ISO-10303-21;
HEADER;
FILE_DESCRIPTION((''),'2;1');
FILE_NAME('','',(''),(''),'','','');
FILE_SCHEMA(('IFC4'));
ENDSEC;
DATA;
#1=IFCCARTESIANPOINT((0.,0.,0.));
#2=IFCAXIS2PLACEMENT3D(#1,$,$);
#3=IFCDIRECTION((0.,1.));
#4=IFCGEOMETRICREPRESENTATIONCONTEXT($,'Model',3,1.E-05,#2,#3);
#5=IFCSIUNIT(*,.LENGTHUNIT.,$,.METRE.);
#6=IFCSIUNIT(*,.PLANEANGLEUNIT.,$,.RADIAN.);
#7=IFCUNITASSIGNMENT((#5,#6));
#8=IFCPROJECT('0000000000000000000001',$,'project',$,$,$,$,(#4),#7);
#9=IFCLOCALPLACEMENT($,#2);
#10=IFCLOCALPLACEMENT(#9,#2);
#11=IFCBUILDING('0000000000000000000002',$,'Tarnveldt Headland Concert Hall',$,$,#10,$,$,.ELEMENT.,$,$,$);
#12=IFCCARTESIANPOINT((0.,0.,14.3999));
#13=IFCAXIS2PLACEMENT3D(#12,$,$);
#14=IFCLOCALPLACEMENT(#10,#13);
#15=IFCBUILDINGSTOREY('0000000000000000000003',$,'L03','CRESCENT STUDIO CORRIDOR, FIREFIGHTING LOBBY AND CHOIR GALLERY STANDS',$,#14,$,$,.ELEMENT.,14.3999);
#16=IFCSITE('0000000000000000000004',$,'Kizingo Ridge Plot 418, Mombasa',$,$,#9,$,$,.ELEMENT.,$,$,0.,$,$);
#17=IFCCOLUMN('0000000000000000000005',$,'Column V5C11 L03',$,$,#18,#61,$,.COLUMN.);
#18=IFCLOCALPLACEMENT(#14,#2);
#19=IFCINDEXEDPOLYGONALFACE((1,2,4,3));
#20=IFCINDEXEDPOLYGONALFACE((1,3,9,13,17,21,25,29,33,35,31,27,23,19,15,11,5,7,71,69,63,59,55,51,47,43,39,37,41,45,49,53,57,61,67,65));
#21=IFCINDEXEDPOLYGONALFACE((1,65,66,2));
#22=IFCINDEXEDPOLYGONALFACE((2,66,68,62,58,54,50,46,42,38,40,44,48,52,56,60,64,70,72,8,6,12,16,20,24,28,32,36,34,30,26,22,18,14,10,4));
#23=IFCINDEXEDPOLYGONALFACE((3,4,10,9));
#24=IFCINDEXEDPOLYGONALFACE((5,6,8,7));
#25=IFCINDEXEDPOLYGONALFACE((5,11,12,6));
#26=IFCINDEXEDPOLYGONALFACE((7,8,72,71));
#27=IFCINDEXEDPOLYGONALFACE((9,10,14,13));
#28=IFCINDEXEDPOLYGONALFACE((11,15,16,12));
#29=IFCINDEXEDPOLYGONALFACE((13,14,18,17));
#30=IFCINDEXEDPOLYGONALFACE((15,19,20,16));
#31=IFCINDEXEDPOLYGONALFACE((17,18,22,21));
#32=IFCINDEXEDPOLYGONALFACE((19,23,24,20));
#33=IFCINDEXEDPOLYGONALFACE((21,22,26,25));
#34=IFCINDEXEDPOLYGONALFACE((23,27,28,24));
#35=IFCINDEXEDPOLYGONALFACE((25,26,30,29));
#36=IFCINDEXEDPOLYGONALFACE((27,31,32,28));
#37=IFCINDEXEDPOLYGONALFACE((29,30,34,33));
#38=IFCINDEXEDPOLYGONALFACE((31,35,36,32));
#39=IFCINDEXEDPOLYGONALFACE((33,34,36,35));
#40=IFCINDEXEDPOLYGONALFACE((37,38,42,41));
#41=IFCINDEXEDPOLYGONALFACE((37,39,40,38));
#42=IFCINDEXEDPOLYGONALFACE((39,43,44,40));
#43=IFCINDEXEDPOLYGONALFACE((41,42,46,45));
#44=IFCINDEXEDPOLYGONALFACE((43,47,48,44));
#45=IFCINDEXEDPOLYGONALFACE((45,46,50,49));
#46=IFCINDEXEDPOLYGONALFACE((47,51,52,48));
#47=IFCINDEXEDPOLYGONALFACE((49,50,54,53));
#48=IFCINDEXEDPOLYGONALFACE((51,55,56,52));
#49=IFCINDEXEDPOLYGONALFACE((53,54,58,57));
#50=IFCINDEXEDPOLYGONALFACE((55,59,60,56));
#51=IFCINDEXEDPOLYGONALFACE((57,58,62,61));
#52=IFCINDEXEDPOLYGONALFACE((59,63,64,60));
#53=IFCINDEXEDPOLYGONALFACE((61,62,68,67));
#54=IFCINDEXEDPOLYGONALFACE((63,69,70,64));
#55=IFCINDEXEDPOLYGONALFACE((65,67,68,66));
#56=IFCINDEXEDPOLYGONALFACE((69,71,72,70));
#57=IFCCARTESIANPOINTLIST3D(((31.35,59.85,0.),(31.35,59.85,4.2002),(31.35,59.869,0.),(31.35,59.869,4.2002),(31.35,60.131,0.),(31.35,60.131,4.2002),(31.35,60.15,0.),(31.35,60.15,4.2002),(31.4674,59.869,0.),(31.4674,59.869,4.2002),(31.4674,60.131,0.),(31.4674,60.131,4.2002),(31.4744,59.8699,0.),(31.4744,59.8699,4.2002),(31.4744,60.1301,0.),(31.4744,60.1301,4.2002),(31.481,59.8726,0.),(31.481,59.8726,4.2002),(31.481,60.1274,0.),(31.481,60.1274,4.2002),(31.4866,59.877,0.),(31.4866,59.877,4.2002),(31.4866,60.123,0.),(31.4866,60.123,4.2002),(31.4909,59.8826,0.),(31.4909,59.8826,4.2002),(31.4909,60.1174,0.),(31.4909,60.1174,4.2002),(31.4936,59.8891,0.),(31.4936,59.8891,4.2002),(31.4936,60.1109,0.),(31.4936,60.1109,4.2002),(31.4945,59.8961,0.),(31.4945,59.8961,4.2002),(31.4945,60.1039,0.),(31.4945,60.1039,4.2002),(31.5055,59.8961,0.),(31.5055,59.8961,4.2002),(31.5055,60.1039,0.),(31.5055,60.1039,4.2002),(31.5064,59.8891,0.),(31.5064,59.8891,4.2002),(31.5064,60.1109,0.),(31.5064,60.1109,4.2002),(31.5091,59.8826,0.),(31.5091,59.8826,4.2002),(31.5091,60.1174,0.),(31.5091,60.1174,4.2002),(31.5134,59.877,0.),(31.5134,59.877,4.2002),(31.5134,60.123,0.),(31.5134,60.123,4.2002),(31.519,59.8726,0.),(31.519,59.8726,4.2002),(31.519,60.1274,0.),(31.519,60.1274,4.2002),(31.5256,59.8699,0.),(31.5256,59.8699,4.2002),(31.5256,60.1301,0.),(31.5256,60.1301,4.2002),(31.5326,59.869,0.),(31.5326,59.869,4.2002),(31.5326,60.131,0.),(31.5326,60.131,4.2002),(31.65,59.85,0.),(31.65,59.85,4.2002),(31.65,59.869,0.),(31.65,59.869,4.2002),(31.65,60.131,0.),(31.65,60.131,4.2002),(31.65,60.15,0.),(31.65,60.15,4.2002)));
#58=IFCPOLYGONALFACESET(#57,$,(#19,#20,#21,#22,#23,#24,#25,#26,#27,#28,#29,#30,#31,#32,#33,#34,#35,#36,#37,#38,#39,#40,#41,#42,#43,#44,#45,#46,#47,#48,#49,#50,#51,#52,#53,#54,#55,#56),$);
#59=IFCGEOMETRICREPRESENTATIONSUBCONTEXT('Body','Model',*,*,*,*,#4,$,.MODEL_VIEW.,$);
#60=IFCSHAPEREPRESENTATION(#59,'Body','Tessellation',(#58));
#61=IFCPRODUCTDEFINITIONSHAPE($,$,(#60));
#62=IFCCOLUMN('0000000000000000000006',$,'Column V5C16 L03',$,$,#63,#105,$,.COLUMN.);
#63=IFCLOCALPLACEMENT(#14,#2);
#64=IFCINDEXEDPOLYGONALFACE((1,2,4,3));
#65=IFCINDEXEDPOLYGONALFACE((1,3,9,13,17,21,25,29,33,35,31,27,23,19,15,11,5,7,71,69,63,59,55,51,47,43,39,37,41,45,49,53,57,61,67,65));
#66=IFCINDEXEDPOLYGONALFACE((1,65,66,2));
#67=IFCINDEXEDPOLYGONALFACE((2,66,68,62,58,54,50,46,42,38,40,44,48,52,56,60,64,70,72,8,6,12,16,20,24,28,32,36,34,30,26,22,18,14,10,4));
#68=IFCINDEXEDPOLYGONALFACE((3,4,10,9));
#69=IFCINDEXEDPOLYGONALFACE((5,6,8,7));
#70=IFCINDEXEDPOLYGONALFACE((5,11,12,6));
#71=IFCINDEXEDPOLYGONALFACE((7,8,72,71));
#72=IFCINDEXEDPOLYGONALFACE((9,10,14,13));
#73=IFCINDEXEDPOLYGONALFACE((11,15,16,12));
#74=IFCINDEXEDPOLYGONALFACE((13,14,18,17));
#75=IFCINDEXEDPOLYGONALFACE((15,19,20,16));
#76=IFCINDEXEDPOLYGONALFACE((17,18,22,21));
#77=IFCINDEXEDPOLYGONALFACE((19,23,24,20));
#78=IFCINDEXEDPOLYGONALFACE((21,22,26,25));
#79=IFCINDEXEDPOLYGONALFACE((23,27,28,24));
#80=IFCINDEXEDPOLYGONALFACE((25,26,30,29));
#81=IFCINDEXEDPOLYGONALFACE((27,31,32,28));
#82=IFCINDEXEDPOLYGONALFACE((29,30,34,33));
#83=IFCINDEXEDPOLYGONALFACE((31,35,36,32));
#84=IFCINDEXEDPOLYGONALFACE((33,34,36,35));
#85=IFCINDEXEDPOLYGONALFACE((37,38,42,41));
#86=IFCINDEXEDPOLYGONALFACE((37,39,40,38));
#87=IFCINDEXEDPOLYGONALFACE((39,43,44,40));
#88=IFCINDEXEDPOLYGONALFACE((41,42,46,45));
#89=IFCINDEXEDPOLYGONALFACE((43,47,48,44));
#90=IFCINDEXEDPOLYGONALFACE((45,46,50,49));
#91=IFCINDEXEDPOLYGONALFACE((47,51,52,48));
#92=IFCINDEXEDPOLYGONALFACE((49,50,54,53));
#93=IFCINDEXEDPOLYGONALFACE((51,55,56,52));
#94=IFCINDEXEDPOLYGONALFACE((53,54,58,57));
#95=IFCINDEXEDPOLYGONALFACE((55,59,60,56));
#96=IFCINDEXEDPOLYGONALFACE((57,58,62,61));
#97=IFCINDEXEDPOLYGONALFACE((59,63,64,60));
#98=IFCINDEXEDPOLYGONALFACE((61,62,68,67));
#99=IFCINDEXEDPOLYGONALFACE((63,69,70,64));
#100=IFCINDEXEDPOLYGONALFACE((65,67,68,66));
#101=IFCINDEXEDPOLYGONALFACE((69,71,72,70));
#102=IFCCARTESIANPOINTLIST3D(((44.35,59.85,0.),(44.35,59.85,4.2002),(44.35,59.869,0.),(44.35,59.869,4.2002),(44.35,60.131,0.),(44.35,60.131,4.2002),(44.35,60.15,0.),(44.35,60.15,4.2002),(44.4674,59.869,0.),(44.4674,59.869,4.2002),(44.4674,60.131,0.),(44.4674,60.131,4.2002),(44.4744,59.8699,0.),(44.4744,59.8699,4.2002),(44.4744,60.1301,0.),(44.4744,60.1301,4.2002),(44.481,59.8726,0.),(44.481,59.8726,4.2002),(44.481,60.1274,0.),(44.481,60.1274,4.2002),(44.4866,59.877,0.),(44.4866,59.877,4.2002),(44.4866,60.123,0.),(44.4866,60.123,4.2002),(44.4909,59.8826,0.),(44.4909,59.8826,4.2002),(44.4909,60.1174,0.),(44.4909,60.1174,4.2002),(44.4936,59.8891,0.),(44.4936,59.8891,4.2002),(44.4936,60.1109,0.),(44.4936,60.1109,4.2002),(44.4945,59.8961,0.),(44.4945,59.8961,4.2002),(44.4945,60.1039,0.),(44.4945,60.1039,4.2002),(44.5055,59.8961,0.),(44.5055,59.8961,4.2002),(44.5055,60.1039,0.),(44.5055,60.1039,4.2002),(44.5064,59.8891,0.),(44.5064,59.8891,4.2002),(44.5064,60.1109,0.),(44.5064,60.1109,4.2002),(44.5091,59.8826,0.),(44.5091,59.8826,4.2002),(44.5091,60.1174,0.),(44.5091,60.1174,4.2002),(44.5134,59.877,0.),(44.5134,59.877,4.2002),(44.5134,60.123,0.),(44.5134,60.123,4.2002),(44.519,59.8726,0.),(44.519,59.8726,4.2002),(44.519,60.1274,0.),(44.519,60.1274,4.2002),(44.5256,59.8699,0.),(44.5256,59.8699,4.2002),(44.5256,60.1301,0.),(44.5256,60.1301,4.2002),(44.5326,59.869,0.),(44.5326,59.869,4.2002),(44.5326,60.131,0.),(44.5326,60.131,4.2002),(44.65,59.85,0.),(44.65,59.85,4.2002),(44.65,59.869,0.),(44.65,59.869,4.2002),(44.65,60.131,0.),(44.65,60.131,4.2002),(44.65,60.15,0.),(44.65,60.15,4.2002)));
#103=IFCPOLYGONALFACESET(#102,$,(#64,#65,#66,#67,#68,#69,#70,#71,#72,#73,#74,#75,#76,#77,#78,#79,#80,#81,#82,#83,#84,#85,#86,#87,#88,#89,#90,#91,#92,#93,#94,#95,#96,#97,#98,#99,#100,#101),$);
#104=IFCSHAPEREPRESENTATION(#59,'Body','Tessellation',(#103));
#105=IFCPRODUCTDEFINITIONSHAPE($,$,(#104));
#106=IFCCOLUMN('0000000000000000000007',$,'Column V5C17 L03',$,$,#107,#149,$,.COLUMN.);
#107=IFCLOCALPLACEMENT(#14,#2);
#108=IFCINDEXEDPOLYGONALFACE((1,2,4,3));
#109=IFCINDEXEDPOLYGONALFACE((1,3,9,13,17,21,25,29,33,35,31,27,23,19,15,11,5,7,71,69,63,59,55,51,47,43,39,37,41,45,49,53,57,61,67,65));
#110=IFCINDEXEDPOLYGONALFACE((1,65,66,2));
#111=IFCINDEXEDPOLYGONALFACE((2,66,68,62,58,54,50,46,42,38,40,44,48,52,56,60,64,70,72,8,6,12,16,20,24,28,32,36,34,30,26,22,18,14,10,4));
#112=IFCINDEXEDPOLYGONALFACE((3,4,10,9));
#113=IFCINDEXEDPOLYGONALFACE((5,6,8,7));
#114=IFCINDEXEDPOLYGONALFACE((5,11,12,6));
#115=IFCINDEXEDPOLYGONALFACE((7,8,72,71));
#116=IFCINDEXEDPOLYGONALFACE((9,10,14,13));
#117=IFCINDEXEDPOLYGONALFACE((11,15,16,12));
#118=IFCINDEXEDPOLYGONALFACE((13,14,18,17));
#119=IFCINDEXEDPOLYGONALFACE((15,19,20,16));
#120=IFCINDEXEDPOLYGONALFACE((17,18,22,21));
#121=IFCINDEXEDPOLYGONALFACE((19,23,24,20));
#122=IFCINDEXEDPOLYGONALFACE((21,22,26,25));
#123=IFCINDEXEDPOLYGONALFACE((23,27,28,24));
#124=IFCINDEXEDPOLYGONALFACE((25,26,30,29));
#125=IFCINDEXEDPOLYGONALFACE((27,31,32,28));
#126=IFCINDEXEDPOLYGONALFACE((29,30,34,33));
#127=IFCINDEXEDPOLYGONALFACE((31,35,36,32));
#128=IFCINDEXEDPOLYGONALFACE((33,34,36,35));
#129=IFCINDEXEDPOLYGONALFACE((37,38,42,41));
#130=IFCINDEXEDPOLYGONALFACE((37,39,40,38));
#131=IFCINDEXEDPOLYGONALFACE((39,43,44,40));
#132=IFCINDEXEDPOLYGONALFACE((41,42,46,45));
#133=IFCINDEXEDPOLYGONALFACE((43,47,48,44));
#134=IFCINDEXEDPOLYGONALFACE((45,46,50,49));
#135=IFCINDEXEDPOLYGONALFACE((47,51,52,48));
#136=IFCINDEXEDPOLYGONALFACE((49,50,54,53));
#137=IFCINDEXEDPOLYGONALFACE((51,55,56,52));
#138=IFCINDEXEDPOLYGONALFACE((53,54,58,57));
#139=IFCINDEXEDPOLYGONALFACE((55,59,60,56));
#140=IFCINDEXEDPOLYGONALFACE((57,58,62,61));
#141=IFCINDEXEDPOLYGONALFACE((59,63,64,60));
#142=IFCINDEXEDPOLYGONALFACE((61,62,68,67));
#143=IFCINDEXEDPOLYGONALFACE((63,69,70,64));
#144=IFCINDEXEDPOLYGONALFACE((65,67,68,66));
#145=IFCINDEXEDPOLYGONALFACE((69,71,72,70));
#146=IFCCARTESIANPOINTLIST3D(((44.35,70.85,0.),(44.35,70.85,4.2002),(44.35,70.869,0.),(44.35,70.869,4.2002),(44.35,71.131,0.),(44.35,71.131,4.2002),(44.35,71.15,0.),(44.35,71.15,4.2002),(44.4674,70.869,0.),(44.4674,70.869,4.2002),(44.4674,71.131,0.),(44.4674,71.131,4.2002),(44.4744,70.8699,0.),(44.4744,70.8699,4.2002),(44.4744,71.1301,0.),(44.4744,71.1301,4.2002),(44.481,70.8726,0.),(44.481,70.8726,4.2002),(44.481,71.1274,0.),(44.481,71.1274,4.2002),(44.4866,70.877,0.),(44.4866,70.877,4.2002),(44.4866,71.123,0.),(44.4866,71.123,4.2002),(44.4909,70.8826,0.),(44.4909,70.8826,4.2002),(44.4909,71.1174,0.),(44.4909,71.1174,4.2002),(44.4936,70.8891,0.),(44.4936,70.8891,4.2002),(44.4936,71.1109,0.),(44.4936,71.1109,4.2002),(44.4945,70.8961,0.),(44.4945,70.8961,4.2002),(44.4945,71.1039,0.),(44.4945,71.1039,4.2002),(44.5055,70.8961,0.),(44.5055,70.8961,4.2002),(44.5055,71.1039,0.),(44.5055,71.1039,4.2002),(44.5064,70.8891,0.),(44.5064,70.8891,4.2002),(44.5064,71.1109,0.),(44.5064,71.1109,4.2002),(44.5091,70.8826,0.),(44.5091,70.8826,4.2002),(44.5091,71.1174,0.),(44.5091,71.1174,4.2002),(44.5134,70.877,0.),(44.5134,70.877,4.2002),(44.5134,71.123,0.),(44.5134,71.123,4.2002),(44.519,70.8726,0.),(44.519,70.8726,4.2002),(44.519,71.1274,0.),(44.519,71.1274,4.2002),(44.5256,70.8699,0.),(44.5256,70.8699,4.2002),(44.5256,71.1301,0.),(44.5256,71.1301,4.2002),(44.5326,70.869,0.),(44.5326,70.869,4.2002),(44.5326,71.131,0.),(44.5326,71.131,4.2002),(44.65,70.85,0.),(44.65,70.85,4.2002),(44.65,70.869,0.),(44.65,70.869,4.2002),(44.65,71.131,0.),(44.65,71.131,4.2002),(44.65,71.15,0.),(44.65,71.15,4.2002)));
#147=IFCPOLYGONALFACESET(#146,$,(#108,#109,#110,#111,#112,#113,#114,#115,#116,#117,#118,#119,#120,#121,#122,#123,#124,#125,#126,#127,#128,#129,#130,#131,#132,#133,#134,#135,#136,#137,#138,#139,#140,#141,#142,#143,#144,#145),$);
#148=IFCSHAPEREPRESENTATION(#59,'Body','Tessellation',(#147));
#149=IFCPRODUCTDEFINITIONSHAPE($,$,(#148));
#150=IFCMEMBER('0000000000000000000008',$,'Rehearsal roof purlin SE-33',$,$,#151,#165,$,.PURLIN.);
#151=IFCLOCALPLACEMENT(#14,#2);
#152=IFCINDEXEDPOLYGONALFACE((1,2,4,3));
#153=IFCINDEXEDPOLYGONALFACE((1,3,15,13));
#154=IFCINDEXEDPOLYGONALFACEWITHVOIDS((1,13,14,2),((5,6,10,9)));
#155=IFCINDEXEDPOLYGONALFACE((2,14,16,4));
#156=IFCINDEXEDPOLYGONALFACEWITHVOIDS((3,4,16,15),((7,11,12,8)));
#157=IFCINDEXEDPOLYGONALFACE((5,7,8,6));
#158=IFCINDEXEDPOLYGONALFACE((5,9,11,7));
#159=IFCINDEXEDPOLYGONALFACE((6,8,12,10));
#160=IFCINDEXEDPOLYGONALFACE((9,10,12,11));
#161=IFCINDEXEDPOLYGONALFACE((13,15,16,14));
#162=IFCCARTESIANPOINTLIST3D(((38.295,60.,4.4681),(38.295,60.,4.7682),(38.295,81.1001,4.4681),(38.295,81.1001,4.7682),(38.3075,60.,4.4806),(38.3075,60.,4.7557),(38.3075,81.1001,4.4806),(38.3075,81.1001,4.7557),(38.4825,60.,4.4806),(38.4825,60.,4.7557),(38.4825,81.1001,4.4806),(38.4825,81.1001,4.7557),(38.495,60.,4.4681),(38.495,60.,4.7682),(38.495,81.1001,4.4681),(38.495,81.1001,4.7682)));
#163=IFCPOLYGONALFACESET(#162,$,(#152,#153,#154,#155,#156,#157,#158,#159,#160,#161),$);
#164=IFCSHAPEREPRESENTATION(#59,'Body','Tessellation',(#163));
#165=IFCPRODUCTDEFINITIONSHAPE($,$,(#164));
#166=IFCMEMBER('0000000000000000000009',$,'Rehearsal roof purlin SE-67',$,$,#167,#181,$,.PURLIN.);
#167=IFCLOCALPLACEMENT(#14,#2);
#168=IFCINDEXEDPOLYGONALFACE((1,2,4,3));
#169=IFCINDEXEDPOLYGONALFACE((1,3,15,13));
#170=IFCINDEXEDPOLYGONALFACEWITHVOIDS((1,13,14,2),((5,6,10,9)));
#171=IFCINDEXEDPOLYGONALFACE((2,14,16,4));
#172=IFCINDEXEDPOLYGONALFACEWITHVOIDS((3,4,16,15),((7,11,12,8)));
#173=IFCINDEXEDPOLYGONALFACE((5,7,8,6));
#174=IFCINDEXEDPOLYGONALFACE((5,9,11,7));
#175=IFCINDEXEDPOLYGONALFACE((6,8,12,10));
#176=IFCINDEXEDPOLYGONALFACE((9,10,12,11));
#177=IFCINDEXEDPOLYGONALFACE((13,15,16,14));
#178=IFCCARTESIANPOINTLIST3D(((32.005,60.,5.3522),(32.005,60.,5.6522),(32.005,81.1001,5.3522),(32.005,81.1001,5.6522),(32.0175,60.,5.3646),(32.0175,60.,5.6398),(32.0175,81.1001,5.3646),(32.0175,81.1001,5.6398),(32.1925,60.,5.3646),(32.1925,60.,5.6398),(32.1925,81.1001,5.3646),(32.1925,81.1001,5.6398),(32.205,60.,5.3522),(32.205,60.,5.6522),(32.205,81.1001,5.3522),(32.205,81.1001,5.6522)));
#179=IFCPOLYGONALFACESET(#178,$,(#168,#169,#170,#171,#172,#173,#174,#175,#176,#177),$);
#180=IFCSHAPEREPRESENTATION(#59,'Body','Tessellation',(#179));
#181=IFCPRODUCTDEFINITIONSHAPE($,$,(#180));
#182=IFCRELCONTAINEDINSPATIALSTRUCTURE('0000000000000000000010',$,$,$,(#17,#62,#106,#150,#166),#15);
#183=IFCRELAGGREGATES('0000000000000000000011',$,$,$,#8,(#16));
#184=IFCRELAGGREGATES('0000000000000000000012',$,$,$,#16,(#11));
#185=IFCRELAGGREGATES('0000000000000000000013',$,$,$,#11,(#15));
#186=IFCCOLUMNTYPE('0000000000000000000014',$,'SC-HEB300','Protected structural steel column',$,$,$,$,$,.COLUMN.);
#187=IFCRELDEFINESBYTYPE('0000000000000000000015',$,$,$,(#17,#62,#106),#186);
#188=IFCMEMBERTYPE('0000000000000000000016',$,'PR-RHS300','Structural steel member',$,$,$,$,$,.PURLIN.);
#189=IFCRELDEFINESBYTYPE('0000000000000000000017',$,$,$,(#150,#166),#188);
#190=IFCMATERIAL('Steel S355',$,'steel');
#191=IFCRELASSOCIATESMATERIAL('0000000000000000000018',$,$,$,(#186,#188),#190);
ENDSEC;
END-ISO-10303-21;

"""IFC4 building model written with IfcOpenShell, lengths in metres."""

from ifc_helpers import new_model, si_unit, direction, frame, origin, origin_2d, place, context, subcontext, project, spatial, hollow_rectangle, i_section, extrude, material, material_profile, profile_set, type_object, element, save


model = new_model("IFC4")

# Units and contexts
model_context = context("Model", 3, precision=1e-05, world=origin(), true_north=direction((0.0, 1.0)))
body_context = subcontext(model_context, "Body", "Model", "MODEL_VIEW")
ifc_project = project(units=[si_unit("LENGTHUNIT", "METRE"), si_unit("PLANEANGLEUNIT", "RADIAN")], contexts=[model_context])

# Site, building, storey
site_placement = place(None, origin())
site = spatial("IfcSite", under=ifc_project, at=site_placement, Name="Kizingo Ridge Plot 418, Mombasa", CompositionType="ELEMENT", RefElevation=0.0)
building_placement = place(site_placement, origin())
building = spatial("IfcBuilding", under=site, at=building_placement, Name="Tarnveldt Headland Concert Hall", CompositionType="ELEMENT")
storey_placement = place(building_placement, frame((0.0, 0.0, 14.3999)))
storey = spatial("IfcBuildingStorey", under=building, at=storey_placement, Name="L03", Description="CRESCENT STUDIO CORRIDOR, FIREFIGHTING LOBBY AND CHOIR GALLERY STANDS", CompositionType="ELEMENT", Elevation=14.3999)

# Columns
ifc_material_1 = material(Name="Steel S355", Category="steel")
ifc_material_profile_1 = material_profile(ifc_material_1, i_section(OverallWidth=0.3, OverallDepth=0.3, WebThickness=0.011, FlangeThickness=0.019, FilletRadius=0.0271, at=origin_2d()), Name="HEB300", Category="steel")
ifc_profile_set_1 = profile_set([ifc_material_profile_1], Name="Steel S355")
column_type = type_object("IfcColumnType", Name="SC-HEB300", Description="Protected structural steel column", PredefinedType="COLUMN", material=ifc_profile_set_1)
for number, where, z_axis, x_axis, name in (
    (1, (31.5, 60.0, 0.0), (0.0, 0.0, 1.0), (1.0, 0.0, 0.0), "Column V5C11 L03"),
    (2, (44.5, 60.0, 0.0), (0.0, 0.0, 1.0), (1.0, 0.0, 0.0), "Column V5C16 L03"),
    (3, (44.5, 71.0, 0.0), (0.0, 0.0, 1.0), (1.0, 0.0, 0.0), "Column V5C17 L03"),
):
    element("IfcColumn", number, at=place(storey_placement, frame(where, z_axis=z_axis, x_axis=x_axis)), inside=storey, type_object=column_type, Name=name, PredefinedType="COLUMN", context=body_context, shape_type="SweptSolid", body=[
        extrude(i_section(OverallWidth=0.3, OverallDepth=0.3, WebThickness=0.011, FlangeThickness=0.019, FilletRadius=0.0271, at=origin_2d()), origin(), (0.0, 0.0, 1.0), 4.2002),
    ])

# Members
ifc_material_profile_2 = material_profile(ifc_material_1, hollow_rectangle(XDim=0.2, YDim=0.3, WallThickness=0.0125, at=origin_2d()), Name="RHS 300x200x12.5", Category="steel")
ifc_profile_set_2 = profile_set([ifc_material_profile_2], Name="Steel S355")
member_type_1 = type_object("IfcMemberType", Name="PR-RHS300", Description="Structural steel member", PredefinedType="PURLIN", material=ifc_profile_set_2)
for number, where, z_axis, x_axis, name in (
    (4, (38.395, 60.0, 4.6182), (0.0, 1.0, 0.0), (-1.0, 0.0, 0.0), "Rehearsal roof purlin SE-33"),
    (5, (32.105, 60.0, 5.5022), (0.0, 1.0, 0.0), (-1.0, 0.0, 0.0), "Rehearsal roof purlin SE-67"),
):
    element("IfcMember", number, at=place(storey_placement, frame(where, z_axis=z_axis, x_axis=x_axis)), inside=storey, type_object=member_type_1, Name=name, PredefinedType="PURLIN", context=body_context, shape_type="SweptSolid", body=[
        extrude(hollow_rectangle(XDim=0.2, YDim=0.3, WallThickness=0.0125, at=origin_2d()), origin(), (0.0, 0.0, 1.0), 21.1001),
    ])

save(model, "model.ifc")
